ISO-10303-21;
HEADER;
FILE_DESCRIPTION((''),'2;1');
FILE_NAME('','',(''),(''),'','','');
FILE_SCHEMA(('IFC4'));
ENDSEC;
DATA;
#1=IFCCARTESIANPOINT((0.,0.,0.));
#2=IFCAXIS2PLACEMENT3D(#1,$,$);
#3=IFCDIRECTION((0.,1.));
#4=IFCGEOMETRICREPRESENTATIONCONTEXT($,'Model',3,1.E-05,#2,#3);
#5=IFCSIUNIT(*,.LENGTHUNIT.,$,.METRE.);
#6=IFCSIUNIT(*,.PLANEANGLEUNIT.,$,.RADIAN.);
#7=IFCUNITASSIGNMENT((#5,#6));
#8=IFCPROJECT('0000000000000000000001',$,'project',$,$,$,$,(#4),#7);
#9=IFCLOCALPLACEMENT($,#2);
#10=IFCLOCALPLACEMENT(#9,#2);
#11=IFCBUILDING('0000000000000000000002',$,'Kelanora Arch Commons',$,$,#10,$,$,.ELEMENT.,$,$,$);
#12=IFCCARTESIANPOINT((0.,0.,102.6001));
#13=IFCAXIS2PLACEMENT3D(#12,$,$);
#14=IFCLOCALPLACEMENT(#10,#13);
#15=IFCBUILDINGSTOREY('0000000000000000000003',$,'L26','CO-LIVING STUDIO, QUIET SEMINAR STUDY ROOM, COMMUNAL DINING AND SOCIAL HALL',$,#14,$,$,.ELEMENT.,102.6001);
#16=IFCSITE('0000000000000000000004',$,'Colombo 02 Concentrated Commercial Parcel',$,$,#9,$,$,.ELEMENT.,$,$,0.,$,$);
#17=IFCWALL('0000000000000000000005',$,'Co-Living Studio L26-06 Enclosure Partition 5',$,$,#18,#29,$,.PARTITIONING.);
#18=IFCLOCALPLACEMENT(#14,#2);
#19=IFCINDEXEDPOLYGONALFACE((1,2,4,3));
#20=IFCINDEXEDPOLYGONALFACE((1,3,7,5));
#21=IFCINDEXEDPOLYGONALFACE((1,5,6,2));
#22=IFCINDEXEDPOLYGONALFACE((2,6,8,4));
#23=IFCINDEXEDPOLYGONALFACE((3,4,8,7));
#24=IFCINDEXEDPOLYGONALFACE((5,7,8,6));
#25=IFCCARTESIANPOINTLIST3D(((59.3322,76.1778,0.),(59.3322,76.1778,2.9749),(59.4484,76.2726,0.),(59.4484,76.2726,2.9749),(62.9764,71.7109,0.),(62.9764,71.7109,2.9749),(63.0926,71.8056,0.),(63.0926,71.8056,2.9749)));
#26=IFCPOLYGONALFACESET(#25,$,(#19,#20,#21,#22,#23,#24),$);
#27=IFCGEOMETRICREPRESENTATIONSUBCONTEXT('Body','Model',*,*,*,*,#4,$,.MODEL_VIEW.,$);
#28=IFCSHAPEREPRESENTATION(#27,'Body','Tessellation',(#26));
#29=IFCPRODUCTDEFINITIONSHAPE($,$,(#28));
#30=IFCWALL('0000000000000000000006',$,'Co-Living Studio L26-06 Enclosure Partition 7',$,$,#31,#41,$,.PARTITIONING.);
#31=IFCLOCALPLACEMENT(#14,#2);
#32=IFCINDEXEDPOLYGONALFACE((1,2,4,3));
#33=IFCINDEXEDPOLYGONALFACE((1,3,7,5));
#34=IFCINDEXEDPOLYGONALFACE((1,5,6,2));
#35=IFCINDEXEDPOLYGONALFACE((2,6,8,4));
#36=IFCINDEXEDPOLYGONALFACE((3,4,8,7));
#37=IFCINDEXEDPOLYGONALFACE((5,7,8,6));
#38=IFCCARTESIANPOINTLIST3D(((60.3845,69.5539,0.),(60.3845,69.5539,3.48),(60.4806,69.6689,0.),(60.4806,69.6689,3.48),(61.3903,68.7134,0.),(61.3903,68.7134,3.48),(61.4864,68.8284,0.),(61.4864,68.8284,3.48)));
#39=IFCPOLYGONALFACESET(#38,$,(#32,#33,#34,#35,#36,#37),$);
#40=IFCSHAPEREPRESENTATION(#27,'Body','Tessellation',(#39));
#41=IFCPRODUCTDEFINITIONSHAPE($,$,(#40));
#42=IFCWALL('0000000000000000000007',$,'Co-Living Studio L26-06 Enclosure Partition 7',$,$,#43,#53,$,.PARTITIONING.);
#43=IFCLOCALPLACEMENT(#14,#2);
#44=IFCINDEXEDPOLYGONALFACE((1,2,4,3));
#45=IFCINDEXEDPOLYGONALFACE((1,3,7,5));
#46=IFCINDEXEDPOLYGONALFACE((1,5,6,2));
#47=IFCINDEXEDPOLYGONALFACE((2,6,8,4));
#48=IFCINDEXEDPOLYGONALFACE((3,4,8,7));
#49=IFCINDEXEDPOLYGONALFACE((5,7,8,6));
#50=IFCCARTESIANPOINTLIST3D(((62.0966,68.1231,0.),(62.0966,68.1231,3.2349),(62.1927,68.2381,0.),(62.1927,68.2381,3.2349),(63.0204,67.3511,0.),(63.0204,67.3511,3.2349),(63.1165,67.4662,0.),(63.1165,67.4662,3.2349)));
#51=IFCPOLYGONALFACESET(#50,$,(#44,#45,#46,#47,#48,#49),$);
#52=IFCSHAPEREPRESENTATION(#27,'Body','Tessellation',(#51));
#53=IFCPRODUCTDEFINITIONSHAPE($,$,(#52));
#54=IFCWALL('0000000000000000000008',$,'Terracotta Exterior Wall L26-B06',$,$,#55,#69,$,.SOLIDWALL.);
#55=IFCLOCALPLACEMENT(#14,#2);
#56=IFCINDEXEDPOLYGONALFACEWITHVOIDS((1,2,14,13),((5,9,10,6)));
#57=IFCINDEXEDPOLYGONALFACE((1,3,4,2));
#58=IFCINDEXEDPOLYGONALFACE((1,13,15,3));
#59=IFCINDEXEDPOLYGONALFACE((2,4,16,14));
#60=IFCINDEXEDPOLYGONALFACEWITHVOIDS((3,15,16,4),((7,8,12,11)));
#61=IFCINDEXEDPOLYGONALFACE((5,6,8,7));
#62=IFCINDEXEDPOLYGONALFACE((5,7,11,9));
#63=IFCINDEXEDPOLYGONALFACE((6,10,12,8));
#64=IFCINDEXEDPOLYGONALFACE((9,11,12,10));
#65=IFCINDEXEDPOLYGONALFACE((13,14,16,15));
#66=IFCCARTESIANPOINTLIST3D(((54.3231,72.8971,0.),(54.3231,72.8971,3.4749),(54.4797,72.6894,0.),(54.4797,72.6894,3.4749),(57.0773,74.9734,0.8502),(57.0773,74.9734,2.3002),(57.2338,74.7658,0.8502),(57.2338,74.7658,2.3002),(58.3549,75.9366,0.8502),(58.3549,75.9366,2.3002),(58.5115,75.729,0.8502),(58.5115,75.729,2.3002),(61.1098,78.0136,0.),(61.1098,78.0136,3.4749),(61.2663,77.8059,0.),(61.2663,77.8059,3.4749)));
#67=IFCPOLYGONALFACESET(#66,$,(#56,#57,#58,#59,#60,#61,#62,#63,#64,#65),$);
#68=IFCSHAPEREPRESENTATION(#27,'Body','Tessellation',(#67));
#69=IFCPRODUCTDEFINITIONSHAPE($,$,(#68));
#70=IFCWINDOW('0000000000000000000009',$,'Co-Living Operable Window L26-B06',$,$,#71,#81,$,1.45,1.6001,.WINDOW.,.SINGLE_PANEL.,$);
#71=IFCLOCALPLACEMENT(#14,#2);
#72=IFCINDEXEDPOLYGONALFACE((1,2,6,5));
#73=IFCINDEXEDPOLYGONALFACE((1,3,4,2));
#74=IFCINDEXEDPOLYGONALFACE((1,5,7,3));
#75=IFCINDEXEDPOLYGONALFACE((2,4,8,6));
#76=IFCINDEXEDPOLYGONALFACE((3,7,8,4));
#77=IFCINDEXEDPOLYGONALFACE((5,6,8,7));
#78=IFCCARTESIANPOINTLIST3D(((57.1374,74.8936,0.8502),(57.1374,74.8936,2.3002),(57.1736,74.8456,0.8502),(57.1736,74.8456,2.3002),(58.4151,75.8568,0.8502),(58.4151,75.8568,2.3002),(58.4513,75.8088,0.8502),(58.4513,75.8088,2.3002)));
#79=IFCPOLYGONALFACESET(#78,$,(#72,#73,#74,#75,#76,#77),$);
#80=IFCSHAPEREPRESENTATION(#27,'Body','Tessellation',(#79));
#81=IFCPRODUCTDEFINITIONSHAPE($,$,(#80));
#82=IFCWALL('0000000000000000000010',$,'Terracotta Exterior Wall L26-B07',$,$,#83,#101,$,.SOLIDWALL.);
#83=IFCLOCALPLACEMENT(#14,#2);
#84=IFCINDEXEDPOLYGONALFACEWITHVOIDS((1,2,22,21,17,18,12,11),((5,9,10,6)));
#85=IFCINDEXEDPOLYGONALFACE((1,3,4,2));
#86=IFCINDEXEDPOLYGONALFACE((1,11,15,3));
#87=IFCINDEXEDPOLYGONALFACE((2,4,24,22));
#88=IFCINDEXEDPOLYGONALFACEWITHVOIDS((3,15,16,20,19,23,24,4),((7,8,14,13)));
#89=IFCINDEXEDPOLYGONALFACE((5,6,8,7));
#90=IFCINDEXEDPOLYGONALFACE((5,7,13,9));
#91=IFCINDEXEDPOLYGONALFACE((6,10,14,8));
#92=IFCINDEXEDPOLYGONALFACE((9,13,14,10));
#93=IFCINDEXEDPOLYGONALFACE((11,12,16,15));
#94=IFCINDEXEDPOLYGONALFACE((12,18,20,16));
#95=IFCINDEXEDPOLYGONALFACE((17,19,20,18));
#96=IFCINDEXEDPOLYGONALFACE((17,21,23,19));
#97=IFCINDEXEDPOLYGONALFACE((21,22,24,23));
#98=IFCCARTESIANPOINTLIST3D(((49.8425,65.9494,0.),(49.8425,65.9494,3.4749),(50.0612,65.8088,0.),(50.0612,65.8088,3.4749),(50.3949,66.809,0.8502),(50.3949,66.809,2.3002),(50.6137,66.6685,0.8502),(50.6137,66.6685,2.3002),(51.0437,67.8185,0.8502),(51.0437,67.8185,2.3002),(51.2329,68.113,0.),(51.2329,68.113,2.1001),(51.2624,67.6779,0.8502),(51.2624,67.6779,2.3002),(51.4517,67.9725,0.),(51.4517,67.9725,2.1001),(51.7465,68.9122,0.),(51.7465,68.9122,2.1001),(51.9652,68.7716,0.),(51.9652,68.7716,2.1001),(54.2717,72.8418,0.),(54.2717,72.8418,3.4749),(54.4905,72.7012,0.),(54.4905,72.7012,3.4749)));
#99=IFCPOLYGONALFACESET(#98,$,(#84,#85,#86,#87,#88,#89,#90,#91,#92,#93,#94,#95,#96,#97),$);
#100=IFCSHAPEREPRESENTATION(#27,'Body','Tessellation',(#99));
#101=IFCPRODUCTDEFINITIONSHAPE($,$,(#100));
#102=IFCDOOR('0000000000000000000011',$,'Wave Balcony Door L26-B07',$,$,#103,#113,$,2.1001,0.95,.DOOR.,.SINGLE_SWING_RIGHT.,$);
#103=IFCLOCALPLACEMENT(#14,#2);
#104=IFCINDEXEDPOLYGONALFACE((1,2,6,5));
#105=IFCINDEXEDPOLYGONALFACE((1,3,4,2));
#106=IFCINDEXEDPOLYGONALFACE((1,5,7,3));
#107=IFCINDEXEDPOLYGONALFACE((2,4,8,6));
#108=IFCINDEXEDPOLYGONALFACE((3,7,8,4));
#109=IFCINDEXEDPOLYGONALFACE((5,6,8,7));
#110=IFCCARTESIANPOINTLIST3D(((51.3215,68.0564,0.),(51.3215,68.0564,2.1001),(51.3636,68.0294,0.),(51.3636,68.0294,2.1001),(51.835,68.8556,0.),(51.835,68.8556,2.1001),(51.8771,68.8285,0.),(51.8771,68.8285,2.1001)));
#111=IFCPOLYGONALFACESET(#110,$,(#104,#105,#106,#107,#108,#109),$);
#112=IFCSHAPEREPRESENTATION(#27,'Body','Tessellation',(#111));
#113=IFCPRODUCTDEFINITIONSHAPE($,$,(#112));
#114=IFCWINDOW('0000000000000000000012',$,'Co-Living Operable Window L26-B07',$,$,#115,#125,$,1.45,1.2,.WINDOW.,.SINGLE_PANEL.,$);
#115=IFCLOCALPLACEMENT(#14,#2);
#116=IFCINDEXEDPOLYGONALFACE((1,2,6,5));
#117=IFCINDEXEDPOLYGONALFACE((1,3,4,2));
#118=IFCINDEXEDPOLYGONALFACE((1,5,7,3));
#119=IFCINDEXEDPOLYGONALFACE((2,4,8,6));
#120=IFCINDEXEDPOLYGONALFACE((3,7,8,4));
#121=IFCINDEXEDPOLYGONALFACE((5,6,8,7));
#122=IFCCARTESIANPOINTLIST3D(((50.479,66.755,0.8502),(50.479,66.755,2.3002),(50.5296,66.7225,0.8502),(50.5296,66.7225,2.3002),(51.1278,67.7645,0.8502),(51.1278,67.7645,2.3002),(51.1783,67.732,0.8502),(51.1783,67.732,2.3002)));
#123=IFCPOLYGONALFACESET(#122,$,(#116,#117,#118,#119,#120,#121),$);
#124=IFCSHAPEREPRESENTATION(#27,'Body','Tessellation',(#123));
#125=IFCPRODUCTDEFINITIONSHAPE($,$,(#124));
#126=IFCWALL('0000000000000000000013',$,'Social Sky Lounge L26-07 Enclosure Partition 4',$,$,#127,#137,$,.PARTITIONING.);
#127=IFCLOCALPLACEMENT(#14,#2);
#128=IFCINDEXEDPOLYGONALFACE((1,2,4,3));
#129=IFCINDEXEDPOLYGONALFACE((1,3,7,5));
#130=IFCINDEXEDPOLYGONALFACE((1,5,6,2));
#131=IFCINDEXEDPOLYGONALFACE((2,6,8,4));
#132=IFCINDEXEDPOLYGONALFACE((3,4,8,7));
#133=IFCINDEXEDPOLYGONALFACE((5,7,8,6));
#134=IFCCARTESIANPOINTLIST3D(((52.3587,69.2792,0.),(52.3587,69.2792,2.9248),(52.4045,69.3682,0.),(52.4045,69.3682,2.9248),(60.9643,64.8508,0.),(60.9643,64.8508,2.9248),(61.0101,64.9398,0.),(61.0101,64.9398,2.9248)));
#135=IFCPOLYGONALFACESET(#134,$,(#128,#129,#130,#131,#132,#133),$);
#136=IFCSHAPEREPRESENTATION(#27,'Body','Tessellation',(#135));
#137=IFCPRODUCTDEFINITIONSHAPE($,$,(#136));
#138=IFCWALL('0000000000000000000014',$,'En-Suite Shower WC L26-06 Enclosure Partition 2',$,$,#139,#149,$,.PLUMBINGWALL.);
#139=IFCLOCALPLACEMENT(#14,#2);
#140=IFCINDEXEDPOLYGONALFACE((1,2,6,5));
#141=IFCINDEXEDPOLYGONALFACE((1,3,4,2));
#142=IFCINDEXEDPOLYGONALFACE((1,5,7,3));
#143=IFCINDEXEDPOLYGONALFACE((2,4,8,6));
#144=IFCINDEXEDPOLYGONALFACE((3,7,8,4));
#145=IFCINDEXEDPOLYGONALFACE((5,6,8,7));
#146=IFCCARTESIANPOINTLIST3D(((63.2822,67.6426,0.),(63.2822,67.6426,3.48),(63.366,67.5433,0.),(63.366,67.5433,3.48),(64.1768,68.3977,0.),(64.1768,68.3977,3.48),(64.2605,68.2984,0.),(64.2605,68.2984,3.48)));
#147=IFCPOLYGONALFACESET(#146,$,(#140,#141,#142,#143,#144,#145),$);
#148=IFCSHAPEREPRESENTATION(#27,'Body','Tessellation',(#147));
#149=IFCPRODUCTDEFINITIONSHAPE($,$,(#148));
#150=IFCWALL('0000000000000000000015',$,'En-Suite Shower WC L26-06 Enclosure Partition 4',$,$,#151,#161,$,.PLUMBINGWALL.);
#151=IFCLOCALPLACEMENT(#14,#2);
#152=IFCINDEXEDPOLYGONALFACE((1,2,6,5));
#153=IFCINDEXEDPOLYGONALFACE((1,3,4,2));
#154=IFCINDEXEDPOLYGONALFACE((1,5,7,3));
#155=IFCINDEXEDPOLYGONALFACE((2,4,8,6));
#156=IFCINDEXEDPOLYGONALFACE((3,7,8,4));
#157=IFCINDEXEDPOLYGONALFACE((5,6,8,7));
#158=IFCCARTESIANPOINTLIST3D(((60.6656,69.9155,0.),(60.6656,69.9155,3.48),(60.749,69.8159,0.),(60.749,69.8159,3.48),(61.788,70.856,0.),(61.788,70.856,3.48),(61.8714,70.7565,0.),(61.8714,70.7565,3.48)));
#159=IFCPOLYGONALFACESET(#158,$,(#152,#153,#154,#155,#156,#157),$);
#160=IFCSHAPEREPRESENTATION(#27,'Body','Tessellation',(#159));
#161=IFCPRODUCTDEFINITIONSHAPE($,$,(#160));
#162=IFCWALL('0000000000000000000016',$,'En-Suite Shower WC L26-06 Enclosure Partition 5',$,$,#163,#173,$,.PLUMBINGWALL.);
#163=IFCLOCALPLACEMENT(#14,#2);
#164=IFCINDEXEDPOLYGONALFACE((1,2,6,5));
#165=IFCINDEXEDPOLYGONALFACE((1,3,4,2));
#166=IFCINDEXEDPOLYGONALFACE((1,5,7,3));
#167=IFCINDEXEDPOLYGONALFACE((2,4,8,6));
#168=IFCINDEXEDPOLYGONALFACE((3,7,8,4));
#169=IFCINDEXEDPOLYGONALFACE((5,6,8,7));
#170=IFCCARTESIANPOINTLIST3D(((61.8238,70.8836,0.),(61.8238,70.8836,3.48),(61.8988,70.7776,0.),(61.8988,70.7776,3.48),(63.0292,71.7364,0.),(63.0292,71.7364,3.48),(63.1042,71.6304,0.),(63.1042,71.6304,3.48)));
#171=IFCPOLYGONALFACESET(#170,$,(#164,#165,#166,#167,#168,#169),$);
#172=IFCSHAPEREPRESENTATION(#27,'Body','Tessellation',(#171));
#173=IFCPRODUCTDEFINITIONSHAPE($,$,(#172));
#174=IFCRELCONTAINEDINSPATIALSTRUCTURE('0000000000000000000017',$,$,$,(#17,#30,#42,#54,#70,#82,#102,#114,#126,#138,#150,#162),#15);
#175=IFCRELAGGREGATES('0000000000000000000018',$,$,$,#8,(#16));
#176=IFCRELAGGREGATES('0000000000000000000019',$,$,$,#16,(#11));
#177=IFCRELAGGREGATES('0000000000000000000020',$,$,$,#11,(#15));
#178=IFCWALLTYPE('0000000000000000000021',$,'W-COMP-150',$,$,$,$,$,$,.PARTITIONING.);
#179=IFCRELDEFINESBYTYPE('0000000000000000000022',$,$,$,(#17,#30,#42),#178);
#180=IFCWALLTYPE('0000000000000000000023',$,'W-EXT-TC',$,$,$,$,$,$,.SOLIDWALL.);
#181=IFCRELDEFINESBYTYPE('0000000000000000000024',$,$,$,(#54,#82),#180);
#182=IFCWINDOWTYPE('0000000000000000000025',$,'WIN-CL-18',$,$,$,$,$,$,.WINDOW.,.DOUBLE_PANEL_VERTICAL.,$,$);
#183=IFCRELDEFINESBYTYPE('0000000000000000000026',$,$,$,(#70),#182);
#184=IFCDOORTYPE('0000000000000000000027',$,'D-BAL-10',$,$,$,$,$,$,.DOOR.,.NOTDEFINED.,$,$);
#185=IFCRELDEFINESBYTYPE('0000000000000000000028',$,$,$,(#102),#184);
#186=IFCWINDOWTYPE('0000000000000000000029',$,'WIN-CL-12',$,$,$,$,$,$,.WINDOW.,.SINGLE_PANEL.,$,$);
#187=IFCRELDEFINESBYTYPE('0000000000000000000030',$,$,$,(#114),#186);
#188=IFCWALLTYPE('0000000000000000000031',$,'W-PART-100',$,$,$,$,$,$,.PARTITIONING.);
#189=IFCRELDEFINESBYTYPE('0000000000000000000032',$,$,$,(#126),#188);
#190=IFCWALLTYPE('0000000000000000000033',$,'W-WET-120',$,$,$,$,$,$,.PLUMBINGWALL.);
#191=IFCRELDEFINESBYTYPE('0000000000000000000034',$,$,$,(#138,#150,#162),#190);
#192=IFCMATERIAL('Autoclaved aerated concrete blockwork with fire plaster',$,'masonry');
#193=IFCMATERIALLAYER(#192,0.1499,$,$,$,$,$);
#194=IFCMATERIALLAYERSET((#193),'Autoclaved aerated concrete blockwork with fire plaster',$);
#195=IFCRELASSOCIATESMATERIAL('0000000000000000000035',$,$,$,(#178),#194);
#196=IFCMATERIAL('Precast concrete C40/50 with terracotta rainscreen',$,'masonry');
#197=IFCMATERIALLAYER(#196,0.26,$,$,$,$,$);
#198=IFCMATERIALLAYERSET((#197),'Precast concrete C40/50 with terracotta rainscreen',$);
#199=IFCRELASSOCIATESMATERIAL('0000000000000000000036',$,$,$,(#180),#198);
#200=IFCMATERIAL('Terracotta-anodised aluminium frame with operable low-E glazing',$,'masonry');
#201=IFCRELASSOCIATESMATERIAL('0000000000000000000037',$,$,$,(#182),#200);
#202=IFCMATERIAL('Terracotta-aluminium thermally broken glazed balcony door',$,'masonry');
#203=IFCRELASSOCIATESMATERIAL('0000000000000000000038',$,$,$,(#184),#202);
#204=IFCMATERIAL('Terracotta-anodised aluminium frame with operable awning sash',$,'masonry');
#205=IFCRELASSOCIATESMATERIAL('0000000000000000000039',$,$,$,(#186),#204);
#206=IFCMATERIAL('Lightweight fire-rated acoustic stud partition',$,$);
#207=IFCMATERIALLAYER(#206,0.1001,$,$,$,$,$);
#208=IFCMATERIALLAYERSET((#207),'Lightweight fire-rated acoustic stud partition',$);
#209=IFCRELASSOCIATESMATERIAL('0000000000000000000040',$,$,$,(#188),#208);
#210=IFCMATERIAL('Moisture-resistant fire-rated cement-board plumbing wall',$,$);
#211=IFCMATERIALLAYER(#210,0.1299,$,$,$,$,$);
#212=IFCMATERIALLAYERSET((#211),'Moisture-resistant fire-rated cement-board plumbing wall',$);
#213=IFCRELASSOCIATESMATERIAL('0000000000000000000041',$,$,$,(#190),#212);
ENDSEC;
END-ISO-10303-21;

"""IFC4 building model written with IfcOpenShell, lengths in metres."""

from ifc_helpers import new_model, si_unit, direction, frame, frame_2d, origin, place, context, subcontext, project, spatial, rectangle, extrude, material, layer, layer_set, type_object, element, fill, save


model = new_model("IFC4")

# Units and contexts
model_context = context("Model", 3, precision=1e-05, world=origin(), true_north=direction((0.0, 1.0)))
body_context = subcontext(model_context, "Body", "Model", "MODEL_VIEW")
ifc_project = project(units=[si_unit("LENGTHUNIT", "METRE"), si_unit("PLANEANGLEUNIT", "RADIAN")], contexts=[model_context])

# Site, building, storey
site_placement = place(None, origin())
site = spatial("IfcSite", under=ifc_project, at=site_placement, Name="Colombo 02 Concentrated Commercial Parcel", CompositionType="ELEMENT", RefElevation=0.0)
building_placement = place(site_placement, origin())
building = spatial("IfcBuilding", under=site, at=building_placement, Name="Kelanora Arch Commons", CompositionType="ELEMENT")
storey_placement = place(building_placement, frame((0.0, 0.0, 102.6001)))
storey = spatial("IfcBuildingStorey", under=building, at=storey_placement, Name="L26", Description="CO-LIVING STUDIO, QUIET SEMINAR STUDY ROOM, COMMUNAL DINING AND SOCIAL HALL", CompositionType="ELEMENT", Elevation=102.6001)

# Walls
ifc_material_1 = material(Name="Autoclaved aerated concrete blockwork with fire plaster", Category="masonry")
ifc_layer_1 = layer(ifc_material_1, 0.1499)
ifc_layer_set_1 = layer_set([ifc_layer_1], Name="Autoclaved aerated concrete blockwork with fire plaster")
wall_type_1 = type_object("IfcWallType", Name="W-COMP-150", PredefinedType="PARTITIONING", material=ifc_layer_set_1)
wall_1_placement = place(storey_placement, frame((59.3904, 76.2251, 0.0), z_axis=(0.0, 0.0, 1.0), x_axis=(0.632139, -0.774855, 0.0)))
element("IfcWall", 1, at=wall_1_placement, inside=storey, type_object=wall_type_1, Name="Co-Living Studio L26-06 Enclosure Partition 5", PredefinedType="PARTITIONING", context=body_context, shape_type="SweptSolid", body=[
    extrude(rectangle(XDim=5.7649, YDim=0.1499, at=frame_2d((2.8823, 0.0))), origin(), (0.0, 0.0, 1.0), 2.9749),
])
wall_2_placement = place(storey_placement, frame((60.4326, 69.6113, 0.0), z_axis=(0.0, 0.0, 1.0), x_axis=(0.767335, -0.641246, 0.0)))
element("IfcWall", 2, at=wall_2_placement, inside=storey, type_object=wall_type_1, Name="Co-Living Studio L26-06 Enclosure Partition 7", PredefinedType="PARTITIONING", context=body_context, shape_type="SweptSolid", body=[
    extrude(rectangle(XDim=1.3108, YDim=0.1499, at=frame_2d((0.6553, 0.0))), origin(), (0.0, 0.0, 1.0), 3.48),
])
wall_3_placement = place(storey_placement, frame((62.1445, 68.1807, 0.0), z_axis=(0.0, 0.0, 1.0), x_axis=(0.767356, -0.641221, 0.0)))
element("IfcWall", 3, at=wall_3_placement, inside=storey, type_object=wall_type_1, Name="Co-Living Studio L26-06 Enclosure Partition 7", PredefinedType="PARTITIONING", context=body_context, shape_type="SweptSolid", body=[
    extrude(rectangle(XDim=1.2039, YDim=0.1499, at=frame_2d((0.6021, 0.0))), origin(), (0.0, 0.0, 1.0), 3.2349),
])

# Wall, opening, window
ifc_material_2 = material(Name="Precast concrete C40/50 with terracotta rainscreen", Category="masonry")
ifc_layer_2 = layer(ifc_material_2, 0.26)
ifc_layer_set_2 = layer_set([ifc_layer_2], Name="Precast concrete C40/50 with terracotta rainscreen")
wall_type_2 = type_object("IfcWallType", Name="W-EXT-TC", PredefinedType="SOLIDWALL", material=ifc_layer_set_2)
wall_4_placement = place(storey_placement, frame((61.188, 77.9097, 0.0), z_axis=(0.0, 0.0, 1.0), x_axis=(-0.798502, -0.601993, 0.0)))
wall_4 = element("IfcWall", 4, at=wall_4_placement, inside=storey, type_object=wall_type_2, Name="Terracotta Exterior Wall L26-B06", PredefinedType="SOLIDWALL", context=body_context, shape_type="SweptSolid", body=[
    extrude(rectangle(XDim=8.4993, YDim=0.26, at=frame_2d((4.2495, 0.0))), origin(), (0.0, 0.0, 1.0), 3.4749),
])
opening_1_placement = place(wall_4_placement, frame((3.45, 0.0, 0.8501)))
opening_1 = element("IfcOpeningElement", 5, at=opening_1_placement, cuts=wall_4, PredefinedType="OPENING", context=body_context, shape_type="SweptSolid", body=[
    extrude(rectangle(XDim=1.6001, YDim=1.45, at=frame_2d((0.8, 0.7251))), frame((0.0, 0.1401, 0.0), z_axis=(0.0, -1.0, 0.0), x_axis=(1.0, 0.0, 0.0)), (0.0, 0.0, 1.0), 0.28),
])
ifc_material_3 = material(Name="Terracotta-anodised aluminium frame with operable low-E glazing", Category="masonry")
window_type_1 = type_object("IfcWindowType", Name="WIN-CL-18", PartitioningType="DOUBLE_PANEL_VERTICAL", PredefinedType="WINDOW", material=ifc_material_3)
window_1_placement = place(opening_1_placement, origin())
window_1 = element("IfcWindow", 6, at=window_1_placement, inside=storey, type_object=window_type_1, Name="Co-Living Operable Window L26-B06", OverallHeight=1.45, OverallWidth=1.6001, PartitioningType="SINGLE_PANEL", PredefinedType="WINDOW", context=body_context, shape_type="SweptSolid", body=[
    extrude(rectangle(XDim=1.6001, YDim=1.45, at=frame_2d((0.8, 0.7251))), frame((0.0, 0.03, 0.0), z_axis=(0.0, -1.0, 0.0), x_axis=(1.0, 0.0, 0.0)), (0.0, 0.0, 1.0), 0.0601),
])
fill(opening_1, window_1)

# Wall, openings, door, window
wall_5_placement = place(storey_placement, frame((54.3811, 72.7715, 0.0), z_axis=(0.0, 0.0, 1.0), x_axis=(-0.540621, -0.841267, 0.0)))
wall_5 = element("IfcWall", 7, at=wall_5_placement, inside=storey, type_object=wall_type_2, Name="Terracotta Exterior Wall L26-B07", PredefinedType="SOLIDWALL", context=body_context, shape_type="SweptSolid", body=[
    extrude(rectangle(XDim=8.1929, YDim=0.26, at=frame_2d((4.0964, 0.0))), origin(), (0.0, 0.0, 1.0), 3.4749),
])
opening_2_placement = place(wall_5_placement, frame((4.6709, 0.0, 0.0)))
opening_2 = element("IfcOpeningElement", 8, at=opening_2_placement, cuts=wall_5, PredefinedType="OPENING", context=body_context, shape_type="SweptSolid", body=[
    extrude(rectangle(XDim=0.95, YDim=2.1001, at=frame_2d((0.4751, 1.05))), frame((0.0, 0.1401, 0.0), z_axis=(0.0, -1.0, 0.0), x_axis=(1.0, 0.0, 0.0)), (0.0, 0.0, 1.0), 0.28),
])
opening_3_placement = place(wall_5_placement, frame((5.9709, 0.0, 0.8501)))
opening_3 = element("IfcOpeningElement", 9, at=opening_3_placement, cuts=wall_5, PredefinedType="OPENING", context=body_context, shape_type="SweptSolid", body=[
    extrude(rectangle(XDim=1.2, YDim=1.45, at=frame_2d((0.6001, 0.7251))), frame((0.0, 0.1401, 0.0), z_axis=(0.0, -1.0, 0.0), x_axis=(1.0, 0.0, 0.0)), (0.0, 0.0, 1.0), 0.28),
])
ifc_material_4 = material(Name="Terracotta-aluminium thermally broken glazed balcony door", Category="masonry")
door_type = type_object("IfcDoorType", Name="D-BAL-10", OperationType="NOTDEFINED", PredefinedType="DOOR", material=ifc_material_4)
door_placement = place(opening_2_placement, frame((0.95, 0.0, 0.0), z_axis=(0.0, 0.0, 1.0), x_axis=(-1.0, 0.0, 0.0)))
door = element("IfcDoor", 10, at=door_placement, inside=storey, type_object=door_type, Name="Wave Balcony Door L26-B07", OperationType="SINGLE_SWING_RIGHT", OverallHeight=2.1001, OverallWidth=0.95, PredefinedType="DOOR", context=body_context, shape_type="SweptSolid", body=[
    extrude(rectangle(XDim=0.95, YDim=2.1001, at=frame_2d((0.4751, 1.05))), frame((0.0, 0.0249, 0.0), z_axis=(0.0, -1.0, 0.0), x_axis=(1.0, 0.0, 0.0)), (0.0, 0.0, 1.0), 0.05),
])
fill(opening_2, door)
ifc_material_5 = material(Name="Terracotta-anodised aluminium frame with operable awning sash", Category="masonry")
window_type_2 = type_object("IfcWindowType", Name="WIN-CL-12", PartitioningType="SINGLE_PANEL", PredefinedType="WINDOW", material=ifc_material_5)
window_2_placement = place(opening_3_placement, origin())
window_2 = element("IfcWindow", 11, at=window_2_placement, inside=storey, type_object=window_type_2, Name="Co-Living Operable Window L26-B07", OverallHeight=1.45, OverallWidth=1.2, PartitioningType="SINGLE_PANEL", PredefinedType="WINDOW", context=body_context, shape_type="SweptSolid", body=[
    extrude(rectangle(XDim=1.2, YDim=1.45, at=frame_2d((0.6001, 0.7251))), frame((0.0, 0.03, 0.0), z_axis=(0.0, -1.0, 0.0), x_axis=(1.0, 0.0, 0.0)), (0.0, 0.0, 1.0), 0.0601),
])
fill(opening_3, window_2)

# Walls
ifc_material_6 = material(Name="Lightweight fire-rated acoustic stud partition")
ifc_layer_3 = layer(ifc_material_6, 0.1001)
ifc_layer_set_3 = layer_set([ifc_layer_3], Name="Lightweight fire-rated acoustic stud partition")
wall_type_3 = type_object("IfcWallType", Name="W-PART-100", PredefinedType="PARTITIONING", material=ifc_layer_set_3)
wall_6_placement = place(storey_placement, frame((52.3816, 69.3237, 0.0), z_axis=(0.0, 0.0, 1.0), x_axis=(0.889176, -0.457566, 0.0)))
element("IfcWall", 12, at=wall_6_placement, inside=storey, type_object=wall_type_3, Name="Social Sky Lounge L26-07 Enclosure Partition 4", PredefinedType="PARTITIONING", context=body_context, shape_type="SweptSolid", body=[
    extrude(rectangle(XDim=9.6782, YDim=0.1001, at=frame_2d((4.8391, 0.0))), origin(), (0.0, 0.0, 1.0), 2.9248),
])
ifc_material_7 = material(Name="Moisture-resistant fire-rated cement-board plumbing wall")
ifc_layer_4 = layer(ifc_material_7, 0.1299)
ifc_layer_set_4 = layer_set([ifc_layer_4], Name="Moisture-resistant fire-rated cement-board plumbing wall")
wall_type_4 = type_object("IfcWallType", Name="W-WET-120", PredefinedType="PLUMBINGWALL", material=ifc_layer_set_4)
wall_7_placement = place(storey_placement, frame((64.2188, 68.3481, 0.0), z_axis=(0.0, 0.0, 1.0), x_axis=(-0.764137, -0.645054, 0.0)))
element("IfcWall", 13, at=wall_7_placement, inside=storey, type_object=wall_type_4, Name="En-Suite Shower WC L26-06 Enclosure Partition 2", PredefinedType="PLUMBINGWALL", context=body_context, shape_type="SweptSolid", body=[
    extrude(rectangle(XDim=1.1707, YDim=0.1299, at=frame_2d((0.5854, 0.0))), origin(), (0.0, 0.0, 1.0), 3.48),
])
wall_8_placement = place(storey_placement, frame((60.7073, 69.8657, 0.0), z_axis=(0.0, 0.0, 1.0), x_axis=(0.766483, 0.642265, 0.0)))
element("IfcWall", 14, at=wall_8_placement, inside=storey, type_object=wall_type_4, Name="En-Suite Shower WC L26-06 Enclosure Partition 4", PredefinedType="PLUMBINGWALL", context=body_context, shape_type="SweptSolid", body=[
    extrude(rectangle(XDim=1.4644, YDim=0.1299, at=frame_2d((0.7322, 0.0))), origin(), (0.0, 0.0, 1.0), 3.48),
])
wall_9_placement = place(storey_placement, frame((61.8613, 70.8306, 0.0), z_axis=(0.0, 0.0, 1.0), x_axis=(0.81634, 0.577572, 0.0)))
element("IfcWall", 15, at=wall_9_placement, inside=storey, type_object=wall_type_4, Name="En-Suite Shower WC L26-06 Enclosure Partition 5", PredefinedType="PLUMBINGWALL", context=body_context, shape_type="SweptSolid", body=[
    extrude(rectangle(XDim=1.4766, YDim=0.1299, at=frame_2d((0.7383, 0.0))), origin(), (0.0, 0.0, 1.0), 3.48),
])

save(model, "model.ifc")
